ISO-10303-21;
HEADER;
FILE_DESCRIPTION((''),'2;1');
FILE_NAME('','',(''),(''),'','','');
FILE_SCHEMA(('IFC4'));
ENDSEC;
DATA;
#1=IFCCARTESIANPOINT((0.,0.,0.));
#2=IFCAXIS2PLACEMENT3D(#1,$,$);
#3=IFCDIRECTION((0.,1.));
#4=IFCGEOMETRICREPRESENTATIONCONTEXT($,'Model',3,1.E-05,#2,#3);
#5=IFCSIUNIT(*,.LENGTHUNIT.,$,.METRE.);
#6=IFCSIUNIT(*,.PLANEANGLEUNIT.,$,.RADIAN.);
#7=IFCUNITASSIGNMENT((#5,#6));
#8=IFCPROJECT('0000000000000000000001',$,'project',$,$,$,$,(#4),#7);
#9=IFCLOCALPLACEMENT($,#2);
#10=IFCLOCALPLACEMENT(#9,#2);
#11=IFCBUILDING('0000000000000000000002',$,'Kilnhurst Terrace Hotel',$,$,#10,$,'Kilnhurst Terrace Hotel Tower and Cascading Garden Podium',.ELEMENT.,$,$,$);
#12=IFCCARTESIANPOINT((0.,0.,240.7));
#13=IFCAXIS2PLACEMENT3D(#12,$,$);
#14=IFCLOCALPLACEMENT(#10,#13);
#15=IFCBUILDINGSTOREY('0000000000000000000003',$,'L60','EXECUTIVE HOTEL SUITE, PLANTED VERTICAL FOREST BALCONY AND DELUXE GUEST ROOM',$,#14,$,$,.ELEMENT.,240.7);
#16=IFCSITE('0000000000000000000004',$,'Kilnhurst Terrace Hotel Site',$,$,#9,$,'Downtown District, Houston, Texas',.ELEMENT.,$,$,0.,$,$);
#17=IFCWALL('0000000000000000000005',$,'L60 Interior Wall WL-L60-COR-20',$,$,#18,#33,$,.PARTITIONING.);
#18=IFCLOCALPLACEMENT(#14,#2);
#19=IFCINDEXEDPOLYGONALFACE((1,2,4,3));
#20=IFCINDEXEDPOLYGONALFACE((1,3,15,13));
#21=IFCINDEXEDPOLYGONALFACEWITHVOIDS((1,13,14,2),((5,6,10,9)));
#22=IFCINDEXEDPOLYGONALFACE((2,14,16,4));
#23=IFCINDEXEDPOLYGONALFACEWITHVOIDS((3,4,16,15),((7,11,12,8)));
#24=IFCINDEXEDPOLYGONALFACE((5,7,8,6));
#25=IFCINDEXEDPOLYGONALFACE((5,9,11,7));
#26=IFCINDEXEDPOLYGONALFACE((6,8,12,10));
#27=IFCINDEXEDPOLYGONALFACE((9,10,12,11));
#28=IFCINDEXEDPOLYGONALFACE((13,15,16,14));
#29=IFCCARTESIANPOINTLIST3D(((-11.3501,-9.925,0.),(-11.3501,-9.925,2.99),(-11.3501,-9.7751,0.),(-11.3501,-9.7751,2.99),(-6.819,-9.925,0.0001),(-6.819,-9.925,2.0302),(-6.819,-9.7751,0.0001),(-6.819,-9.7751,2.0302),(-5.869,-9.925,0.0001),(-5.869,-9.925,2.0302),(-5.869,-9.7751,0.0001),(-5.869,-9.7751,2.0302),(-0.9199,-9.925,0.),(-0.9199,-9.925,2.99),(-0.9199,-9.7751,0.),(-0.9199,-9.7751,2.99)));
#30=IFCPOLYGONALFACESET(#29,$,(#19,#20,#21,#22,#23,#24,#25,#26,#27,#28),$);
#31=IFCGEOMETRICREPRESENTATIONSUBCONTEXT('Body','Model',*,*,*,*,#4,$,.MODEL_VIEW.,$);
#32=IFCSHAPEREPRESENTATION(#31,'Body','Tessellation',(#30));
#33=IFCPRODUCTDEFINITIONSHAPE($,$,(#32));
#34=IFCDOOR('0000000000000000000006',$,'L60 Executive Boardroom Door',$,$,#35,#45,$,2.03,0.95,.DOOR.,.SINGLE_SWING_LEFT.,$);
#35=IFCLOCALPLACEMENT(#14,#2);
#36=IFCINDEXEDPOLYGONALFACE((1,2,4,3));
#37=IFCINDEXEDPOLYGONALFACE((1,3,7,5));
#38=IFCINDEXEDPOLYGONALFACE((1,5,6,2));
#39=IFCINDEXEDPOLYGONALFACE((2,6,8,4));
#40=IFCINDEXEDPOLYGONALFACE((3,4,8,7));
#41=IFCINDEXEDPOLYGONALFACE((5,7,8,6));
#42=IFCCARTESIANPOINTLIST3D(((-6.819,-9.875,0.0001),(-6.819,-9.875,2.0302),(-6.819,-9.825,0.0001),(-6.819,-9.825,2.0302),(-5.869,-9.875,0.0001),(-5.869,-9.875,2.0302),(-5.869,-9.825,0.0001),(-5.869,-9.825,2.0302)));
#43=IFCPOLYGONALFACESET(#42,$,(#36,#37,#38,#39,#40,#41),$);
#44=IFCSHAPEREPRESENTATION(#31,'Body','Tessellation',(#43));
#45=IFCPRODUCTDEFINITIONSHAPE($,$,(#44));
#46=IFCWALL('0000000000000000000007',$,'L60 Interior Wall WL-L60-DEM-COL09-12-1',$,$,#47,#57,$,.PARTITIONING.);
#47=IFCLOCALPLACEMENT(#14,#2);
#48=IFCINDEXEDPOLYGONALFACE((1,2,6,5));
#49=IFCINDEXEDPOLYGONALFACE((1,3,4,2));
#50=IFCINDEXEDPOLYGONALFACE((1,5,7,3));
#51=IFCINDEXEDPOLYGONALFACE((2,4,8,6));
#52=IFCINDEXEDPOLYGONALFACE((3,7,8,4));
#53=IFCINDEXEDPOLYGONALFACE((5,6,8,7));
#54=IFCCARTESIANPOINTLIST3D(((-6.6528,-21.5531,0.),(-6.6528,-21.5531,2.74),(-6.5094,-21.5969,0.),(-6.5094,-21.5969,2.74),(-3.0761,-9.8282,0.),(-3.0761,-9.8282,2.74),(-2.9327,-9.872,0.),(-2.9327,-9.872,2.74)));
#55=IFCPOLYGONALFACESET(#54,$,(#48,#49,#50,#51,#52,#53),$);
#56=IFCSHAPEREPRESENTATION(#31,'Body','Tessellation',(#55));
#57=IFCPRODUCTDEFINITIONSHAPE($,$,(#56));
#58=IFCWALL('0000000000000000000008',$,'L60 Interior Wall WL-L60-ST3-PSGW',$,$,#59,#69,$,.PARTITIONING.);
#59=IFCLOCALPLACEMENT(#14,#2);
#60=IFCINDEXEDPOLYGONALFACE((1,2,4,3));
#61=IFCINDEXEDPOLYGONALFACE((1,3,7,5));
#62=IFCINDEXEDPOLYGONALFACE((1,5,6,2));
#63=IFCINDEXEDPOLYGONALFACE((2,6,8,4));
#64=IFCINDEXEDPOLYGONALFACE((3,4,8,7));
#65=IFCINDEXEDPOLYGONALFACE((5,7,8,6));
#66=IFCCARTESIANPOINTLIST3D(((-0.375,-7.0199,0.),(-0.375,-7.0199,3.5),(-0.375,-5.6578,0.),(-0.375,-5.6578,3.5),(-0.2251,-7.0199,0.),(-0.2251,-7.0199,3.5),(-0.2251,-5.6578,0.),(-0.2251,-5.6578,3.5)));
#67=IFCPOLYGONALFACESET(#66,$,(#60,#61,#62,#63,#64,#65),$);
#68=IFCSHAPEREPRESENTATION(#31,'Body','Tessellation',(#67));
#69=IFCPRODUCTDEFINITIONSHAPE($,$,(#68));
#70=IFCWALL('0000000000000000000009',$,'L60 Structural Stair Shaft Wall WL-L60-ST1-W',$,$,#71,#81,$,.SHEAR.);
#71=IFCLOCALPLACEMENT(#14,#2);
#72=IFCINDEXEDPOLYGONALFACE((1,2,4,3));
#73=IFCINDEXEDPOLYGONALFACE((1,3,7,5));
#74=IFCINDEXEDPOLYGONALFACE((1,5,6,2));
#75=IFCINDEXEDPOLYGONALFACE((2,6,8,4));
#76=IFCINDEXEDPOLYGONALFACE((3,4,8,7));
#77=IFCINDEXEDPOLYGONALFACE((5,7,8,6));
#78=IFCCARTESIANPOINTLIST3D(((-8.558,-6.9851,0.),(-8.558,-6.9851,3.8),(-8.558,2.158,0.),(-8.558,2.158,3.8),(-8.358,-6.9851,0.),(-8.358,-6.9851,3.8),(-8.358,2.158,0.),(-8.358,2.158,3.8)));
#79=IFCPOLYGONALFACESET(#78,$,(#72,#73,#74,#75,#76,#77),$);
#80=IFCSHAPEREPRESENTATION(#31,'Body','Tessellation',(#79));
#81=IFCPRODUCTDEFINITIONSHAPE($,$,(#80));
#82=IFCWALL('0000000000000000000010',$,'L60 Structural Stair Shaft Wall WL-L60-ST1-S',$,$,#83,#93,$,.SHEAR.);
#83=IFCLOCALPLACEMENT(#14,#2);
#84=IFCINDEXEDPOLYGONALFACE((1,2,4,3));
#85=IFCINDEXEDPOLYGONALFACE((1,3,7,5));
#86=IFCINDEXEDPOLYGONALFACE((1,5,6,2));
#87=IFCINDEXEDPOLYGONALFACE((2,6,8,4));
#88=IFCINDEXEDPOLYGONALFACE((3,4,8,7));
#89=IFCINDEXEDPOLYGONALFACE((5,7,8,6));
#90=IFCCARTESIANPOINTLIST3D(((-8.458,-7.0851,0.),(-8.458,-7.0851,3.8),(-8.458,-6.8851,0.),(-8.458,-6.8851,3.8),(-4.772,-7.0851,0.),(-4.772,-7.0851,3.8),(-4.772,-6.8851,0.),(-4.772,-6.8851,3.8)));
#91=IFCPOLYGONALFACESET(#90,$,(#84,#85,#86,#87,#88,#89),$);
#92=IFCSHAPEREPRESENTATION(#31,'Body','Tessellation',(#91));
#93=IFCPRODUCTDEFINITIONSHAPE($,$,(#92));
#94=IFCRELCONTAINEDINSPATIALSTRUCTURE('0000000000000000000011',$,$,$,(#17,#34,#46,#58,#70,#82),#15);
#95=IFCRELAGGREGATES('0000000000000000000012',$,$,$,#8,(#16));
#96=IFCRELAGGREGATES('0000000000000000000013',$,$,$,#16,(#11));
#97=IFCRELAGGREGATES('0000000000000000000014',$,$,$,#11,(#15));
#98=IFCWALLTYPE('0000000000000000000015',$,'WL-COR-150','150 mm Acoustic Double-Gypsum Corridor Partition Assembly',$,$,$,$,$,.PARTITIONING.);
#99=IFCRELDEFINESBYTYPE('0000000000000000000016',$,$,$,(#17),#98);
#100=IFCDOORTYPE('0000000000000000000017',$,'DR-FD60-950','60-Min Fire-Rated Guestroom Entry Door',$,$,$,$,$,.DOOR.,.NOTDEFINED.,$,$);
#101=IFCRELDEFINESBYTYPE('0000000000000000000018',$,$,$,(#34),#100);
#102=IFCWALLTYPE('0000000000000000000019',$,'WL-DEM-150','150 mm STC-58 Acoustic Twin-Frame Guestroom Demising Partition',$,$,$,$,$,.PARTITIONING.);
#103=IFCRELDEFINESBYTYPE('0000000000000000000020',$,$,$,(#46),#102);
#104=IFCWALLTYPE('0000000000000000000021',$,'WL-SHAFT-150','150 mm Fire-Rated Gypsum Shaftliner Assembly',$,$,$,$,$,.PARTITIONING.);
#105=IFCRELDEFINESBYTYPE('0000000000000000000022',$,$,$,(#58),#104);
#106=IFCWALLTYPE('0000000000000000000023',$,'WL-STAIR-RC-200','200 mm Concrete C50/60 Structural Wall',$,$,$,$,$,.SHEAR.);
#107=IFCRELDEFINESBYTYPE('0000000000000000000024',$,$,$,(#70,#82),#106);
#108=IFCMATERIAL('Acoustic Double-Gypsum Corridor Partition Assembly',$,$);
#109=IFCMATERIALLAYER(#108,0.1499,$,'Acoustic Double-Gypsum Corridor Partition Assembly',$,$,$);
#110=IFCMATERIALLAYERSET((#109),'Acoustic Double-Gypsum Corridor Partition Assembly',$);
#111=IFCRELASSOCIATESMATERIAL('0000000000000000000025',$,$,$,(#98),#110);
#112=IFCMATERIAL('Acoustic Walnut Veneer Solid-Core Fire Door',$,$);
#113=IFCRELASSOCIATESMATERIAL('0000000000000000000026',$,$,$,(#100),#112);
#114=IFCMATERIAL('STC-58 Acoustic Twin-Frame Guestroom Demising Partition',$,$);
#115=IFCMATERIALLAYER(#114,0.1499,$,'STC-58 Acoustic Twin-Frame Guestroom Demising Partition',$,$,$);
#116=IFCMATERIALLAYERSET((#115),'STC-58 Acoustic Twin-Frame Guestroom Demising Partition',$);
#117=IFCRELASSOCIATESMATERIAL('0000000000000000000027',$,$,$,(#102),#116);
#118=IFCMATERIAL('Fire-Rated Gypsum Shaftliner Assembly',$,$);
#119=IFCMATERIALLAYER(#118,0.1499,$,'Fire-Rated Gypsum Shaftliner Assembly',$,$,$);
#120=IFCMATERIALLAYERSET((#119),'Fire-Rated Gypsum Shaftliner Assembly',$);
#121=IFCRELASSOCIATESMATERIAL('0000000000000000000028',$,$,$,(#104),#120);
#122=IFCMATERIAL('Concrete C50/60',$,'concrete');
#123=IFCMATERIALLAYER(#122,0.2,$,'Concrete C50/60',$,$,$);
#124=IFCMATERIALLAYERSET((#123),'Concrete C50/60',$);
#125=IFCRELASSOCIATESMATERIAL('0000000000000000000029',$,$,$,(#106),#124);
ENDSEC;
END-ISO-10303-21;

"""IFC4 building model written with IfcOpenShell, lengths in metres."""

from ifc_helpers import new_model, si_unit, direction, frame, frame_2d, origin, place, context, subcontext, project, spatial, rectangle, extrude, material, layer, layer_set, type_object, element, fill, save


model = new_model("IFC4")

# Units and contexts
model_context = context("Model", 3, precision=1e-05, world=origin(), true_north=direction((0.0, 1.0)))
body_context = subcontext(model_context, "Body", "Model", "MODEL_VIEW")
ifc_project = project(units=[si_unit("LENGTHUNIT", "METRE"), si_unit("PLANEANGLEUNIT", "RADIAN")], contexts=[model_context])

# Site, building, storey
site_placement = place(None, origin())
site = spatial("IfcSite", under=ifc_project, at=site_placement, Name="Kilnhurst Terrace Hotel Site", LongName="Downtown District, Houston, Texas", CompositionType="ELEMENT", RefElevation=0.0)
building_placement = place(site_placement, origin())
building = spatial("IfcBuilding", under=site, at=building_placement, Name="Kilnhurst Terrace Hotel", LongName="Kilnhurst Terrace Hotel Tower and Cascading Garden Podium", CompositionType="ELEMENT")
storey_placement = place(building_placement, frame((0.0, 0.0, 240.7)))
storey = spatial("IfcBuildingStorey", under=building, at=storey_placement, Name="L60", Description="EXECUTIVE HOTEL SUITE, PLANTED VERTICAL FOREST BALCONY AND DELUXE GUEST ROOM", CompositionType="ELEMENT", Elevation=240.7)

# Shared definitions
ifc_material_1 = material(Name="Concrete C50/60", Category="concrete")

# Wall, opening, door
ifc_material_2 = material(Name="Acoustic Double-Gypsum Corridor Partition Assembly")
ifc_layer_1 = layer(ifc_material_2, 0.1499, Name="Acoustic Double-Gypsum Corridor Partition Assembly")
ifc_layer_set_1 = layer_set([ifc_layer_1], Name="Acoustic Double-Gypsum Corridor Partition Assembly")
wall_type_1 = type_object("IfcWallType", Name="WL-COR-150", Description="150 mm Acoustic Double-Gypsum Corridor Partition Assembly", PredefinedType="PARTITIONING", material=ifc_layer_set_1)
wall_1_placement = place(storey_placement, frame((-0.9199, -9.8501, 0.0), z_axis=(0.0, 0.0, 1.0), x_axis=(-1.0, 0.0, 0.0)))
wall_1 = element("IfcWall", 1, at=wall_1_placement, inside=storey, type_object=wall_type_1, Name="L60 Interior Wall WL-L60-COR-20", PredefinedType="PARTITIONING", context=body_context, shape_type="SweptSolid", body=[
    extrude(rectangle(XDim=10.4302, YDim=0.1499, at=frame_2d((5.2151, 0.0))), origin(), (0.0, 0.0, 1.0), 2.99),
])
opening_1_placement = place(wall_1_placement, frame((4.949, 0.0, 0.0)))
opening_1 = element("IfcOpeningElement", 2, at=opening_1_placement, cuts=wall_1, PredefinedType="OPENING", context=body_context, shape_type="SweptSolid", body=[
    extrude(rectangle(XDim=0.95, YDim=2.03, at=frame_2d((0.4751, 1.0151))), frame((0.0, 0.085, 0.0), z_axis=(0.0, -1.0, 0.0), x_axis=(1.0, 0.0, 0.0)), (0.0, 0.0, 1.0), 0.1699),
])
ifc_material_3 = material(Name="Acoustic Walnut Veneer Solid-Core Fire Door")
door_type_1 = type_object("IfcDoorType", Name="DR-FD60-950", Description="60-Min Fire-Rated Guestroom Entry Door", OperationType="NOTDEFINED", PredefinedType="DOOR", material=ifc_material_3)
door_1_placement = place(opening_1_placement, origin())
door_1 = element("IfcDoor", 3, at=door_1_placement, inside=storey, type_object=door_type_1, Name="L60 Executive Boardroom Door", OperationType="SINGLE_SWING_LEFT", OverallHeight=2.03, OverallWidth=0.95, PredefinedType="DOOR", context=body_context, shape_type="SweptSolid", body=[
    extrude(rectangle(XDim=0.95, YDim=2.03, at=frame_2d((0.4751, 1.0151))), frame((0.0, 0.0249, 0.0), z_axis=(0.0, -1.0, 0.0), x_axis=(1.0, 0.0, 0.0)), (0.0, 0.0, 1.0), 0.05),
])
fill(opening_1, door_1)

# Walls
ifc_material_4 = material(Name="STC-58 Acoustic Twin-Frame Guestroom Demising Partition")
ifc_layer_2 = layer(ifc_material_4, 0.1499, Name="STC-58 Acoustic Twin-Frame Guestroom Demising Partition")
ifc_layer_set_2 = layer_set([ifc_layer_2], Name="STC-58 Acoustic Twin-Frame Guestroom Demising Partition")
wall_type_2 = type_object("IfcWallType", Name="WL-DEM-150", Description="150 mm STC-58 Acoustic Twin-Frame Guestroom Demising Partition", PredefinedType="PARTITIONING", material=ifc_layer_set_2)
wall_2_placement = place(storey_placement, frame((-3.0044, -9.8501, 0.0), z_axis=(0.0, 0.0, 1.0), x_axis=(-0.291776, -0.956487, 0.0)))
element("IfcWall", 4, at=wall_2_placement, inside=storey, type_object=wall_type_2, Name="L60 Interior Wall WL-L60-DEM-COL09-12-1", PredefinedType="PARTITIONING", context=body_context, shape_type="SweptSolid", body=[
    extrude(rectangle(XDim=12.2583, YDim=0.1499, at=frame_2d((6.1292, 0.0))), origin(), (0.0, 0.0, 1.0), 2.74),
])
ifc_material_5 = material(Name="Fire-Rated Gypsum Shaftliner Assembly")
ifc_layer_3 = layer(ifc_material_5, 0.1499, Name="Fire-Rated Gypsum Shaftliner Assembly")
ifc_layer_set_3 = layer_set([ifc_layer_3], Name="Fire-Rated Gypsum Shaftliner Assembly")
wall_type_3 = type_object("IfcWallType", Name="WL-SHAFT-150", Description="150 mm Fire-Rated Gypsum Shaftliner Assembly", PredefinedType="PARTITIONING", material=ifc_layer_set_3)
wall_3_placement = place(storey_placement, frame((-0.3, -7.02, 0.0), z_axis=(0.0, 0.0, 1.0), x_axis=(0.0, 1.0, 0.0)))
element("IfcWall", 5, at=wall_3_placement, inside=storey, type_object=wall_type_3, Name="L60 Interior Wall WL-L60-ST3-PSGW", PredefinedType="PARTITIONING", context=body_context, shape_type="SweptSolid", body=[
    extrude(rectangle(XDim=1.3621, YDim=0.1499, at=frame_2d((0.6812, 0.0))), origin(), (0.0, 0.0, 1.0), 3.5),
])
ifc_layer_4 = layer(ifc_material_1, 0.2, Name="Concrete C50/60")
ifc_layer_set_4 = layer_set([ifc_layer_4], Name="Concrete C50/60")
wall_type_4 = type_object("IfcWallType", Name="WL-STAIR-RC-200", Description="200 mm Concrete C50/60 Structural Wall", PredefinedType="SHEAR", material=ifc_layer_set_4)
wall_4_placement = place(storey_placement, frame((-8.458, -6.9851, 0.0), z_axis=(0.0, 0.0, 1.0), x_axis=(0.0, 1.0, 0.0)))
element("IfcWall", 6, at=wall_4_placement, inside=storey, type_object=wall_type_4, Name="L60 Structural Stair Shaft Wall WL-L60-ST1-W", PredefinedType="SHEAR", context=body_context, shape_type="SweptSolid", body=[
    extrude(rectangle(XDim=9.1431, YDim=0.2, at=frame_2d((4.5715, 0.0))), origin(), (0.0, 0.0, 1.0), 3.8),
])
wall_5_placement = place(storey_placement, frame((-8.458, -6.9851, 0.0), z_axis=(0.0, 0.0, 1.0), x_axis=(1.0, 0.0, 0.0)))
element("IfcWall", 7, at=wall_5_placement, inside=storey, type_object=wall_type_4, Name="L60 Structural Stair Shaft Wall WL-L60-ST1-S", PredefinedType="SHEAR", context=body_context, shape_type="SweptSolid", body=[
    extrude(rectangle(XDim=3.686, YDim=0.2, at=frame_2d((1.843, 0.0))), origin(), (0.0, 0.0, 1.0), 3.8),
])

save(model, "model.ifc")
